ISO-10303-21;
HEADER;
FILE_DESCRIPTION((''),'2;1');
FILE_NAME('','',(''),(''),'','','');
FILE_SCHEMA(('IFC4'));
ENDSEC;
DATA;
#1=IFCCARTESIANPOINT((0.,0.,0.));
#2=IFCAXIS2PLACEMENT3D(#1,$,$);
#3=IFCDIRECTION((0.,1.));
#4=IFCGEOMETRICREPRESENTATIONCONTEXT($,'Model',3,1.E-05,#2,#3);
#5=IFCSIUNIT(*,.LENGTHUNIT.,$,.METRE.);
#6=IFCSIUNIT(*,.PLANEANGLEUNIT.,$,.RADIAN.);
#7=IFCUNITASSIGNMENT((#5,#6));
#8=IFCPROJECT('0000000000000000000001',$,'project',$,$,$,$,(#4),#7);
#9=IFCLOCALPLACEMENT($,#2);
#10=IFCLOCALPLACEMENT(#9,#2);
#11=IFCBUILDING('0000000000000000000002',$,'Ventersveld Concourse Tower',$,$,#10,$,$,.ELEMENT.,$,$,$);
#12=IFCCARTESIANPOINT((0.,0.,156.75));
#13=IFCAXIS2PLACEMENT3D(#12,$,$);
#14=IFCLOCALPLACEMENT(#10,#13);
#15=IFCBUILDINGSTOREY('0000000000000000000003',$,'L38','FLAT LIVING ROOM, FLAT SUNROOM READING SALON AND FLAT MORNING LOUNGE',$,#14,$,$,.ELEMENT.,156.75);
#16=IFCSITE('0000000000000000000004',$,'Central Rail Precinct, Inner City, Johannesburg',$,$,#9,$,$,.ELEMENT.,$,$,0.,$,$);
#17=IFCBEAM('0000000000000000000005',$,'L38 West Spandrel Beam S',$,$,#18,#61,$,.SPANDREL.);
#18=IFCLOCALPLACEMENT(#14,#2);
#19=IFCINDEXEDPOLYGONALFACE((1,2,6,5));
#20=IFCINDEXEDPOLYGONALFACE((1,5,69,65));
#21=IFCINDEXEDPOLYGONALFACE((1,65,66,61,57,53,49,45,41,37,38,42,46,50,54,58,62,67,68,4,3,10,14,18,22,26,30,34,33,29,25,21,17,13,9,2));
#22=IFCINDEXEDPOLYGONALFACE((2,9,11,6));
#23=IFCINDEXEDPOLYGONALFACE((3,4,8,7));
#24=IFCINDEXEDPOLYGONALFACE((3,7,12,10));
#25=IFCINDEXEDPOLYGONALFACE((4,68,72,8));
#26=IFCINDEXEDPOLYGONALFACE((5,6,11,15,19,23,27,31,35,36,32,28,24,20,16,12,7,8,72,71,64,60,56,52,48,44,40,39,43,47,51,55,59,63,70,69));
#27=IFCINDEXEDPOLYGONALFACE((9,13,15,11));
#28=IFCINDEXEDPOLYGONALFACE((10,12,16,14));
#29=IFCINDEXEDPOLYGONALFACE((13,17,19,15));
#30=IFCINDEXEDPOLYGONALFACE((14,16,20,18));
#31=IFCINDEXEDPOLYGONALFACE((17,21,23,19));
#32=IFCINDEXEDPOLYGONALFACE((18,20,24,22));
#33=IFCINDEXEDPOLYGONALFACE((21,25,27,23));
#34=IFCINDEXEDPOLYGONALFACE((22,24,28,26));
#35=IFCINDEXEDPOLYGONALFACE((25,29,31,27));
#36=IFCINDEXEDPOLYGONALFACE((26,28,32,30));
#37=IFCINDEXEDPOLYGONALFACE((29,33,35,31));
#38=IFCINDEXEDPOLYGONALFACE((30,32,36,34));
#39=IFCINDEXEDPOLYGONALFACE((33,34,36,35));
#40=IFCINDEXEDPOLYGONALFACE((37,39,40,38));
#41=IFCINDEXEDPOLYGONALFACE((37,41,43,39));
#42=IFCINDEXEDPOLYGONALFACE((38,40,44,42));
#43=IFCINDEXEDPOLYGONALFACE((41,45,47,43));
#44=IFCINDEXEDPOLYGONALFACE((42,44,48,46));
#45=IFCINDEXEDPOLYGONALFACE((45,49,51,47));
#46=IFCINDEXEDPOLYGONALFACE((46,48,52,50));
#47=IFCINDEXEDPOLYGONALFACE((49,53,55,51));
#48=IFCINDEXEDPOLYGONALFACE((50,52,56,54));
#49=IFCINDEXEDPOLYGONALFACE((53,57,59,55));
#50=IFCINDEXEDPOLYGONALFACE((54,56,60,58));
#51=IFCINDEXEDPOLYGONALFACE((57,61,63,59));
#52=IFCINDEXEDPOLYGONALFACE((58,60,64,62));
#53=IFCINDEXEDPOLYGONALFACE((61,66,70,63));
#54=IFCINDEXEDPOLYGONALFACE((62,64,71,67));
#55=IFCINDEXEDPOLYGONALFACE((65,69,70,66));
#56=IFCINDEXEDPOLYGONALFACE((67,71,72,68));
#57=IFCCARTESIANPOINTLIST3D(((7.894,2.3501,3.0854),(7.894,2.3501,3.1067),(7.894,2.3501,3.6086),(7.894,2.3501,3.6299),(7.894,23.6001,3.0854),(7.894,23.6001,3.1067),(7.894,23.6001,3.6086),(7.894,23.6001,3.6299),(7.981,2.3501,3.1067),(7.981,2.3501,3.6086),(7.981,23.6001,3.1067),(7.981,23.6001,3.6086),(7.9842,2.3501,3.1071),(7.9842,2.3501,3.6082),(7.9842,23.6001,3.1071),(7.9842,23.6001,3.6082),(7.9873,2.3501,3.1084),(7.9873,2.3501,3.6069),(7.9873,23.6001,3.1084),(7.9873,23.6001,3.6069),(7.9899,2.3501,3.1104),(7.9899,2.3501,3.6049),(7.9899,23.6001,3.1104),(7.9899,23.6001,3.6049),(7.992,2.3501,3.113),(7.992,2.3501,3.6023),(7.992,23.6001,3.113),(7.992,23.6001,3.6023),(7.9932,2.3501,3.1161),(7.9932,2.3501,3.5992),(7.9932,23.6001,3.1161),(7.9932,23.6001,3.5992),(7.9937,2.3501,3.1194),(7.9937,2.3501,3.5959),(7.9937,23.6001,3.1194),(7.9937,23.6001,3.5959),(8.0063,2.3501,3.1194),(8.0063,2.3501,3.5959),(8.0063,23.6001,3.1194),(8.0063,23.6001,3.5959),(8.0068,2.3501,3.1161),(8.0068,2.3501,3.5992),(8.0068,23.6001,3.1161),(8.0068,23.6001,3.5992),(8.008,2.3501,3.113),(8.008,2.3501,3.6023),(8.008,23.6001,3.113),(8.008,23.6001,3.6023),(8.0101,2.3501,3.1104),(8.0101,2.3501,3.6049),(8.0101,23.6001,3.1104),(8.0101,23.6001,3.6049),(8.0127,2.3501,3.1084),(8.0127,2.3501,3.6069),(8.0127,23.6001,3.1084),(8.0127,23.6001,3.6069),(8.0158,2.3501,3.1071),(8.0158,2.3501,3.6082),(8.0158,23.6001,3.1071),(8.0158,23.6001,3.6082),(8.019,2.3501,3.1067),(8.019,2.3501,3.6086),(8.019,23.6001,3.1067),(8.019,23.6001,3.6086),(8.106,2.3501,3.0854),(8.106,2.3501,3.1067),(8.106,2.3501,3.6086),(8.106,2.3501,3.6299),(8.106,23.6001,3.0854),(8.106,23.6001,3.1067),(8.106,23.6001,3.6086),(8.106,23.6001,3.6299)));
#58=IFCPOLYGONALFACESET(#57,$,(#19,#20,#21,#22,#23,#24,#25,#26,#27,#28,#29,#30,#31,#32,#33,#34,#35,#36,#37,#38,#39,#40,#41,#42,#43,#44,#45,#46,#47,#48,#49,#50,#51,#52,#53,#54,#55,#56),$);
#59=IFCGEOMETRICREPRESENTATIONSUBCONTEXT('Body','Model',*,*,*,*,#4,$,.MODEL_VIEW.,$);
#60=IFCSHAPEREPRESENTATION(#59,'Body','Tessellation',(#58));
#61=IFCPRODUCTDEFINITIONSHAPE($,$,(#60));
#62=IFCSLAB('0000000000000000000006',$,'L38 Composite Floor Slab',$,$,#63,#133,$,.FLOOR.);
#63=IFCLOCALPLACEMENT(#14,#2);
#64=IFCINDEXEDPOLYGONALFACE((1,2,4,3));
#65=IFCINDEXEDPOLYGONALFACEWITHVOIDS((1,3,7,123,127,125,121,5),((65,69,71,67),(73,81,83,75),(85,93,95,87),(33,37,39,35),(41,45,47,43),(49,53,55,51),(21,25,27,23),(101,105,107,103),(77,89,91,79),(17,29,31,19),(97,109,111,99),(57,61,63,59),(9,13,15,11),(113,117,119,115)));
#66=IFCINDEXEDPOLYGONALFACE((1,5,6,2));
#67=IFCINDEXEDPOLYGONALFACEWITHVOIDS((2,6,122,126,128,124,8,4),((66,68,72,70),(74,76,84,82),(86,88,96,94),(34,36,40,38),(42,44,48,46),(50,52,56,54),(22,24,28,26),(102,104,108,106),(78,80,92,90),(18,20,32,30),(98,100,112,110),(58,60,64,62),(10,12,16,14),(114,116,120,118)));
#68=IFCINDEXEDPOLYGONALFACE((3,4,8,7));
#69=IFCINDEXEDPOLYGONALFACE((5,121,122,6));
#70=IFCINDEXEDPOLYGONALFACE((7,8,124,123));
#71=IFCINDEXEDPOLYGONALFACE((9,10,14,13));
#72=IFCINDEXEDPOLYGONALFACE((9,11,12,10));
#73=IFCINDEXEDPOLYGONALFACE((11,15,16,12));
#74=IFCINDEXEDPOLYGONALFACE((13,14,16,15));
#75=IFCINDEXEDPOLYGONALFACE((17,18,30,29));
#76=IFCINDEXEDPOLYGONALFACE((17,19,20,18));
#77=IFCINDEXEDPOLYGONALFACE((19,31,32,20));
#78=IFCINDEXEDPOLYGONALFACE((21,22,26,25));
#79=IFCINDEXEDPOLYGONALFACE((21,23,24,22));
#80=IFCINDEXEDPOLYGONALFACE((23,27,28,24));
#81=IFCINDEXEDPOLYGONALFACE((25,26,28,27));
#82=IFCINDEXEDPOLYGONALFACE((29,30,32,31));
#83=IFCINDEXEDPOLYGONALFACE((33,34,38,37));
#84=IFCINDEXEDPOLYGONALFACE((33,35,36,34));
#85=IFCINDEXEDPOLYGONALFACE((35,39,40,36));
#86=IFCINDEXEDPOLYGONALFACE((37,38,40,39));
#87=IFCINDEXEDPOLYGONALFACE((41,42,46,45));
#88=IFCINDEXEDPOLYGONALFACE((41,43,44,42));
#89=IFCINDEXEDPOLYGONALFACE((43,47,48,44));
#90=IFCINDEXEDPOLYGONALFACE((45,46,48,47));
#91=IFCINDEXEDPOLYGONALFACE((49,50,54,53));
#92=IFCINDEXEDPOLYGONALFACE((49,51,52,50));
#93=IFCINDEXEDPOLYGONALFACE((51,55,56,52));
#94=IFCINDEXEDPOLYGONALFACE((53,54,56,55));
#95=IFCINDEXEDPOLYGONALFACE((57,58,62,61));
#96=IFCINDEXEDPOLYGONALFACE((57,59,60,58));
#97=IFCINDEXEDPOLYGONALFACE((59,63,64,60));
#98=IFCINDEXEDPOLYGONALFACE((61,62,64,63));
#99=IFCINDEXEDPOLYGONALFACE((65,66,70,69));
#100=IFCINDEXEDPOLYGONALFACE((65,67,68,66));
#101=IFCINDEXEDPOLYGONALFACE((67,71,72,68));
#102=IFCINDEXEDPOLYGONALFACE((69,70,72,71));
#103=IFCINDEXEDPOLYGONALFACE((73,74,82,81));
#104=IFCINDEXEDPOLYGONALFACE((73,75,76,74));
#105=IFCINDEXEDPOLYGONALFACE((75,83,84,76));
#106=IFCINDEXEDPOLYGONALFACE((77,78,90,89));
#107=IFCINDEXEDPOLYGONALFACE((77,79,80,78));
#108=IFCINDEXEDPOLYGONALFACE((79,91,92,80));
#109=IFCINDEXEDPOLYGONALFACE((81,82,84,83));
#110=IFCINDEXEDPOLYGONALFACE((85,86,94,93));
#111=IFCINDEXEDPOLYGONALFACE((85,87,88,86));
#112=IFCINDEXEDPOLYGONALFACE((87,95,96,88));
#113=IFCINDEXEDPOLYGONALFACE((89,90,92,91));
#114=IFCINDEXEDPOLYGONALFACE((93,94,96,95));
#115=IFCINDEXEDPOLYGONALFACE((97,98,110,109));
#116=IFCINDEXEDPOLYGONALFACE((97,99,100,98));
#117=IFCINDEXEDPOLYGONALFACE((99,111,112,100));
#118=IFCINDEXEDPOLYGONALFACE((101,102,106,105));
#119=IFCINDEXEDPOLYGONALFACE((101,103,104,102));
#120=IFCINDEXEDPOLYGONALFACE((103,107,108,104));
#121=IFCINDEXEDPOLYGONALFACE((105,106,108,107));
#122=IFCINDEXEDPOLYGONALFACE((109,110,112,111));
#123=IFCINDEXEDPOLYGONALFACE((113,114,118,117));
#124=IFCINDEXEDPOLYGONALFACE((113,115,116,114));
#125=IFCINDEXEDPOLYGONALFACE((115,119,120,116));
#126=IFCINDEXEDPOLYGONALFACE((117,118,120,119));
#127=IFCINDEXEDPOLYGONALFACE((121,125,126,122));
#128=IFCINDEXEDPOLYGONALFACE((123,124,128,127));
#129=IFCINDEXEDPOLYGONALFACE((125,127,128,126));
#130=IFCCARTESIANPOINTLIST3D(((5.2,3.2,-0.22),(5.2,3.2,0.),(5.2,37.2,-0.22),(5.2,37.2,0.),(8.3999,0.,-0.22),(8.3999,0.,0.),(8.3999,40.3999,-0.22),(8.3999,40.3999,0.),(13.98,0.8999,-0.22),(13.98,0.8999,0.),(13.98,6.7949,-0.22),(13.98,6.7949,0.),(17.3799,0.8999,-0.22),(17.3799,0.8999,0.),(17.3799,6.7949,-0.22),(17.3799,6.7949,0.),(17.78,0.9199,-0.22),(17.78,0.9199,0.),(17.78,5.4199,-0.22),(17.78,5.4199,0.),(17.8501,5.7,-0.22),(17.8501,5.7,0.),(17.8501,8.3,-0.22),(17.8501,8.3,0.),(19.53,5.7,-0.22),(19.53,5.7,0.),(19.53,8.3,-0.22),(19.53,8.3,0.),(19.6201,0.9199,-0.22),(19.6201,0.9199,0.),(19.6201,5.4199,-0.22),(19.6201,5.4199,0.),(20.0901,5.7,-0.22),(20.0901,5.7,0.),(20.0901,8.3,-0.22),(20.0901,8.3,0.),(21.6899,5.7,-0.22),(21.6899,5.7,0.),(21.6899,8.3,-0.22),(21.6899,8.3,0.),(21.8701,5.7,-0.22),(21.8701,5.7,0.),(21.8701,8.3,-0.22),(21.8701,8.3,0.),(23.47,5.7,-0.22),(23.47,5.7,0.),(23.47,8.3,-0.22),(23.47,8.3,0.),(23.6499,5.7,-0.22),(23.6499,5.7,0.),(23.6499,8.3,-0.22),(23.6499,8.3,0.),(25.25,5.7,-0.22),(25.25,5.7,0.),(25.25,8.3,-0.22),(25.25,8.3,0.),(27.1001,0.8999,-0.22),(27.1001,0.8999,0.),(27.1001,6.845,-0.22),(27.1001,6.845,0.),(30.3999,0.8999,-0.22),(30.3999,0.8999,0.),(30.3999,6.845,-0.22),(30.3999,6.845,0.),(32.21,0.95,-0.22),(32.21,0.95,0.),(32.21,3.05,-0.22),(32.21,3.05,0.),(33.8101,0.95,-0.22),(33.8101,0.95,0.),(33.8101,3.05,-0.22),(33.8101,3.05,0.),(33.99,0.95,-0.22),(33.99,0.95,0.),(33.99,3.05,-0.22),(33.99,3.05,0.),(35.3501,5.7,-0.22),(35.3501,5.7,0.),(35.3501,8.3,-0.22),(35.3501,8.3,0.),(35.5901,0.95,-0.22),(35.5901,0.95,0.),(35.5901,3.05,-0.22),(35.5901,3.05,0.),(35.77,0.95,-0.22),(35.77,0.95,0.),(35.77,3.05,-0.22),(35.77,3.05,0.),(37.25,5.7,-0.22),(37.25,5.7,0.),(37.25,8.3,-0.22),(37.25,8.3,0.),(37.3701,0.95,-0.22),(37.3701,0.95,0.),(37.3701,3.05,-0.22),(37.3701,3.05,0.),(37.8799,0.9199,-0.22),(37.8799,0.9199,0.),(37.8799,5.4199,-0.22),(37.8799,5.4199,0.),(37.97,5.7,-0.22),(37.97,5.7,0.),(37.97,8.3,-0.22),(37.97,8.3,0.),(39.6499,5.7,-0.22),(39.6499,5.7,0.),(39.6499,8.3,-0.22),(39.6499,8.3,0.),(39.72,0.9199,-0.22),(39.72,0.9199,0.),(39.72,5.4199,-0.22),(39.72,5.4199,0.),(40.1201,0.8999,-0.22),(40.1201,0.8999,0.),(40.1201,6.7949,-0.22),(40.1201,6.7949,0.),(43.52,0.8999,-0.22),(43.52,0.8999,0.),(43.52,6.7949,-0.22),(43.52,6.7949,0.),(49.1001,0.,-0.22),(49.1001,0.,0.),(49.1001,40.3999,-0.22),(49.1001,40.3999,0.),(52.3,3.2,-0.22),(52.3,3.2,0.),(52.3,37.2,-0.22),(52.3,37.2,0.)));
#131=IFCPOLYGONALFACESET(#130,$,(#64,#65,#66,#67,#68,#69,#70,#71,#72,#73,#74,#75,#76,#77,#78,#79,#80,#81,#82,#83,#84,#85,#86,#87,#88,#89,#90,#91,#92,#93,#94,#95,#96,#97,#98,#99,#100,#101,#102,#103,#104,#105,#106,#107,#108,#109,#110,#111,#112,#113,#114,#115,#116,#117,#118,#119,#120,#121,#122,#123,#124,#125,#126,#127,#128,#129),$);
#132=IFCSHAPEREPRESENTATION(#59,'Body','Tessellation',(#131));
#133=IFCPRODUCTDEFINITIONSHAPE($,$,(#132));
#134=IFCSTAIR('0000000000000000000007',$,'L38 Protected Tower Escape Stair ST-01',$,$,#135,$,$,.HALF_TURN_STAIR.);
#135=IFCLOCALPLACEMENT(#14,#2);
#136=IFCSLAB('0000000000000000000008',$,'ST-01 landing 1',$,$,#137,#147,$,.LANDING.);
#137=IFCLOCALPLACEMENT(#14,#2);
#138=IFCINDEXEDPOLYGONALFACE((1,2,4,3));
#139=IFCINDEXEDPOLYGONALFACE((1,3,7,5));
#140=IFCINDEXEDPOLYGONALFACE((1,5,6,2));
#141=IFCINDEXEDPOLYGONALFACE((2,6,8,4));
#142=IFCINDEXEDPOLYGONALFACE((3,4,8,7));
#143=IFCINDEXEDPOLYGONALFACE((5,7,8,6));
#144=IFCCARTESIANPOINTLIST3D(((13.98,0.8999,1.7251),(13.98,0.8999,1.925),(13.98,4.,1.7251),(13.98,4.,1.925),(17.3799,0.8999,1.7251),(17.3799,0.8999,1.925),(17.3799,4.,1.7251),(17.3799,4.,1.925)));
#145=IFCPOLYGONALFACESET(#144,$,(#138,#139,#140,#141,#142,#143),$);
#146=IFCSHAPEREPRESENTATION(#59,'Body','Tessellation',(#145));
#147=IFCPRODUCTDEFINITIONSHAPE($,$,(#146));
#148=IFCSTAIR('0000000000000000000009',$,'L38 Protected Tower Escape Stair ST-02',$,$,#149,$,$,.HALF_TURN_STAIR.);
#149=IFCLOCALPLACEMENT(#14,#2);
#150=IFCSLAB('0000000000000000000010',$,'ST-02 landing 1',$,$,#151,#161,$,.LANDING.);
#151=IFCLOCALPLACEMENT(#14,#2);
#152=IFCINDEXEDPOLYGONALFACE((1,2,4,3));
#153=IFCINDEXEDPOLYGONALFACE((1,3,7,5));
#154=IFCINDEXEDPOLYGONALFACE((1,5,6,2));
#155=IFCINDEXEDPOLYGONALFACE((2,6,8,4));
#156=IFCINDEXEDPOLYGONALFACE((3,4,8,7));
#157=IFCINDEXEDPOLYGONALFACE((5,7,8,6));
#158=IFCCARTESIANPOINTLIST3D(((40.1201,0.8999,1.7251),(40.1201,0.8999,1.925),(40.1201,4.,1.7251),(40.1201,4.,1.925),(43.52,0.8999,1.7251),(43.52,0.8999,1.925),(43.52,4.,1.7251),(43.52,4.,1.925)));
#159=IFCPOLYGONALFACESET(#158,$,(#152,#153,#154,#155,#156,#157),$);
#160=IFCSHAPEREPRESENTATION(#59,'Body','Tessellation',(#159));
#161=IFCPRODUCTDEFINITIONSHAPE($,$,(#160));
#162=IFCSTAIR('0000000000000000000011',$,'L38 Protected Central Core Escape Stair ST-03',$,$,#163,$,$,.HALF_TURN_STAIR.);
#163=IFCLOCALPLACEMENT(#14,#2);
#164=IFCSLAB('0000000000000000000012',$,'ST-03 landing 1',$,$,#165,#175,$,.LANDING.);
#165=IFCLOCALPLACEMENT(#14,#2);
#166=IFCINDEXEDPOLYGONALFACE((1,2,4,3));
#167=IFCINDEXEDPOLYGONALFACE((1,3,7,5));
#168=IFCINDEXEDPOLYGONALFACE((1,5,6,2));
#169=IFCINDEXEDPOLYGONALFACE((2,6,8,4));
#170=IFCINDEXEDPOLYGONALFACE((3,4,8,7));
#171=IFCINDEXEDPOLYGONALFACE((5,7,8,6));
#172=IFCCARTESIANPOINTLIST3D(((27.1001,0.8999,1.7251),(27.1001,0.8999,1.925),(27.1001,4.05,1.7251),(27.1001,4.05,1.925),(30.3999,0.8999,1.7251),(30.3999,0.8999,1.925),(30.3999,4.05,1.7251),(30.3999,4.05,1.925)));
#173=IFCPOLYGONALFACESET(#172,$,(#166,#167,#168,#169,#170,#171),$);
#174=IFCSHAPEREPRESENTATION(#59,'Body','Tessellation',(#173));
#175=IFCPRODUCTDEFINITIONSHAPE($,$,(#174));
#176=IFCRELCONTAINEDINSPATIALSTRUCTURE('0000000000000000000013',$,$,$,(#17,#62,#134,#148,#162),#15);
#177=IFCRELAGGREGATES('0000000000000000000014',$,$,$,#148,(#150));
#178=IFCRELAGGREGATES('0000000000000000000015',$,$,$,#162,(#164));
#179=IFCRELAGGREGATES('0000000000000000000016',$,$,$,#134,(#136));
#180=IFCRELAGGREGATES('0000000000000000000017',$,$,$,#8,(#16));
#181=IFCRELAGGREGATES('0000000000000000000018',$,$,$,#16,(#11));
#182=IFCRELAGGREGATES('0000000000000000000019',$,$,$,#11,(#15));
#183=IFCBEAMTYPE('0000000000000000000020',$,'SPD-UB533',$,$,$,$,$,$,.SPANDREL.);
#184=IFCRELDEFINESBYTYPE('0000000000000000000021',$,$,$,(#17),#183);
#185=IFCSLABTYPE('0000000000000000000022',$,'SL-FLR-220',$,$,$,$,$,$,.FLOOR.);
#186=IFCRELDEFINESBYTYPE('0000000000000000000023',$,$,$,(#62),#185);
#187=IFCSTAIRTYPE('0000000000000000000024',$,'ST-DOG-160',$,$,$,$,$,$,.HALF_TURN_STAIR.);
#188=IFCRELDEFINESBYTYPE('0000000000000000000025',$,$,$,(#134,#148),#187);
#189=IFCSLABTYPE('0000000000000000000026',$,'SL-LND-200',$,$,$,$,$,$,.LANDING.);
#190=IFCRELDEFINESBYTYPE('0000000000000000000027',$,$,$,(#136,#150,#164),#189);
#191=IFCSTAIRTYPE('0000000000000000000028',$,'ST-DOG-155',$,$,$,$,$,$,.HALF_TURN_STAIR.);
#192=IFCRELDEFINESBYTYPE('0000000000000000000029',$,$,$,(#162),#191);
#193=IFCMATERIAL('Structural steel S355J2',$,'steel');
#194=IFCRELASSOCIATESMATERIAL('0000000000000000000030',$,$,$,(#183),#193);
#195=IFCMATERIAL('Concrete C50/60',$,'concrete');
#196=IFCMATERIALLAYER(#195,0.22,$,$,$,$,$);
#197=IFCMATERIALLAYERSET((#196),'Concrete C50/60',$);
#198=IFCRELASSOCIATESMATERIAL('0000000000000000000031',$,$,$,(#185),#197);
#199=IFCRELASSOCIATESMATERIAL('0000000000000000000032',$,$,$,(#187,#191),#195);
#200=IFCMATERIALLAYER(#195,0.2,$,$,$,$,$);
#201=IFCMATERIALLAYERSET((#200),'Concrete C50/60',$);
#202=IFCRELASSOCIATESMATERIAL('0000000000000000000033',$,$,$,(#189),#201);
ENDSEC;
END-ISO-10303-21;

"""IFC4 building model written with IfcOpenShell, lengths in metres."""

from ifc_helpers import new_model, si_unit, direction, frame, origin, origin_2d, place, context, subcontext, project, spatial, polyline, i_section, outline, extrude, material, layer, layer_set, material_profile, profile_set, type_object, element, aggregate, save


model = new_model("IFC4")

# Units and contexts
model_context = context("Model", 3, precision=1e-05, world=origin(), true_north=direction((0.0, 1.0)))
body_context = subcontext(model_context, "Body", "Model", "MODEL_VIEW")
ifc_project = project(units=[si_unit("LENGTHUNIT", "METRE"), si_unit("PLANEANGLEUNIT", "RADIAN")], contexts=[model_context])

# Site, building, storey
site_placement = place(None, origin())
site = spatial("IfcSite", under=ifc_project, at=site_placement, Name="Central Rail Precinct, Inner City, Johannesburg", CompositionType="ELEMENT", RefElevation=0.0)
building_placement = place(site_placement, origin())
building = spatial("IfcBuilding", under=site, at=building_placement, Name="Ventersveld Concourse Tower", CompositionType="ELEMENT")
storey_placement = place(building_placement, frame((0.0, 0.0, 156.75)))
storey = spatial("IfcBuildingStorey", under=building, at=storey_placement, Name="L38", Description="FLAT LIVING ROOM, FLAT SUNROOM READING SALON AND FLAT MORNING LOUNGE", CompositionType="ELEMENT", Elevation=156.75)

# Shared definitions
ifc_material_1 = material(Name="Concrete C50/60", Category="concrete")

# Shared definitions
ifc_material_2 = material(Name="Structural steel S355J2", Category="steel")

# Beam
ifc_material_profile_1 = material_profile(ifc_material_2, i_section(OverallWidth=0.2119, OverallDepth=0.5444, WebThickness=0.0127, FlangeThickness=0.0212, FilletRadius=0.0127, at=origin_2d()), Name="UB 533x210x122")
ifc_profile_set_1 = profile_set([ifc_material_profile_1], Name="Structural steel S355J2")
beam_type_1 = type_object("IfcBeamType", Name="SPD-UB533", PredefinedType="SPANDREL", material=ifc_profile_set_1)
beam_1_placement = place(storey_placement, frame((8.0, 2.3501, 3.3577), z_axis=(0.0, 1.0, 0.0), x_axis=(-1.0, 0.0, 0.0)))
element("IfcBeam", 1, at=beam_1_placement, inside=storey, type_object=beam_type_1, Name="L38 West Spandrel Beam S", PredefinedType="SPANDREL", context=body_context, shape_type="SweptSolid", body=[
    extrude(i_section(OverallWidth=0.2119, OverallDepth=0.5444, WebThickness=0.0127, FlangeThickness=0.0212, FilletRadius=0.0127, at=origin_2d()), origin(), (0.0, 0.0, 1.0), 21.25),
])

# Slab
ifc_layer_1 = layer(ifc_material_1, 0.22)
ifc_layer_set_1 = layer_set([ifc_layer_1], Name="Concrete C50/60")
slab_type_1 = type_object("IfcSlabType", Name="SL-FLR-220", PredefinedType="FLOOR", material=ifc_layer_set_1)
slab_1_placement = place(storey_placement, frame((0.0, 0.0, -0.22)))
element("IfcSlab", 2, at=slab_1_placement, inside=storey, type_object=slab_type_1, Name="L38 Composite Floor Slab", PredefinedType="FLOOR", context=body_context, shape_type="SweptSolid", body=[
    extrude(outline(polyline([(8.3999, 0.0), (49.1001, 0.0), (52.3, 3.2), (52.3, 37.2), (49.1001, 40.3999), (8.3999, 40.3999), (5.2, 37.2), (5.2, 3.2), (8.3999, 0.0)]), holes=[polyline([(13.98, 6.7949), (13.98, 0.8999), (17.3799, 0.8999), (17.3799, 6.7949), (13.98, 6.7949)]), polyline([(40.1201, 6.7949), (40.1201, 0.8999), (43.52, 0.8999), (43.52, 6.7949), (40.1201, 6.7949)]), polyline([(27.1001, 6.845), (27.1001, 0.8999), (30.3999, 0.8999), (30.3999, 6.845), (27.1001, 6.845)]), polyline([(17.8501, 5.7), (19.53, 5.7), (19.53, 8.3), (17.8501, 8.3), (17.8501, 5.7)]), polyline([(37.97, 5.7), (39.6499, 5.7), (39.6499, 8.3), (37.97, 8.3), (37.97, 5.7)]), polyline([(35.3501, 5.7), (37.25, 5.7), (37.25, 8.3), (35.3501, 8.3), (35.3501, 5.7)]), polyline([(32.21, 0.95), (33.8101, 0.95), (33.8101, 3.05), (32.21, 3.05), (32.21, 0.95)]), polyline([(33.99, 0.95), (35.5901, 0.95), (35.5901, 3.05), (33.99, 3.05), (33.99, 0.95)]), polyline([(35.77, 0.95), (37.3701, 0.95), (37.3701, 3.05), (35.77, 3.05), (35.77, 0.95)]), polyline([(20.0901, 5.7), (21.6899, 5.7), (21.6899, 8.3), (20.0901, 8.3), (20.0901, 5.7)]), polyline([(21.8701, 5.7), (23.47, 5.7), (23.47, 8.3), (21.8701, 8.3), (21.8701, 5.7)]), polyline([(23.6499, 5.7), (25.25, 5.7), (25.25, 8.3), (23.6499, 8.3), (23.6499, 5.7)]), polyline([(17.78, 0.9199), (19.6201, 0.9199), (19.6201, 5.4199), (17.78, 5.4199), (17.78, 0.9199)]), polyline([(37.8799, 0.9199), (39.72, 0.9199), (39.72, 5.4199), (37.8799, 5.4199), (37.8799, 0.9199)])]), origin(), (0.0, 0.0, 1.0), 0.22),
])

# Stairs, slabs
stair_type_1 = type_object("IfcStairType", Name="ST-DOG-160", PredefinedType="HALF_TURN_STAIR", material=ifc_material_1)
stair_1_placement = place(storey_placement, origin())
stair_1 = element("IfcStair", 3, at=stair_1_placement, inside=storey, type_object=stair_type_1, Name="L38 Protected Tower Escape Stair ST-01", PredefinedType="HALF_TURN_STAIR")
ifc_layer_2 = layer(ifc_material_1, 0.2)
ifc_layer_set_2 = layer_set([ifc_layer_2], Name="Concrete C50/60")
slab_type_2 = type_object("IfcSlabType", Name="SL-LND-200", PredefinedType="LANDING", material=ifc_layer_set_2)
slab_2_placement = place(storey_placement, frame((0.0, 0.0, 1.7251)))
slab_2 = element("IfcSlab", 4, at=slab_2_placement, type_object=slab_type_2, Name="ST-01 landing 1", PredefinedType="LANDING", context=body_context, shape_type="SweptSolid", body=[
    extrude(outline(polyline([(13.98, 4.0), (13.98, 0.8999), (17.3799, 0.8999), (17.3799, 4.0), (13.98, 4.0)])), origin(), (0.0, 0.0, 1.0), 0.2),
])
stair_2_placement = place(storey_placement, origin())
stair_2 = element("IfcStair", 5, at=stair_2_placement, inside=storey, type_object=stair_type_1, Name="L38 Protected Tower Escape Stair ST-02", PredefinedType="HALF_TURN_STAIR")
slab_3_placement = place(storey_placement, frame((0.0, 0.0, 1.7251)))
slab_3 = element("IfcSlab", 6, at=slab_3_placement, type_object=slab_type_2, Name="ST-02 landing 1", PredefinedType="LANDING", context=body_context, shape_type="SweptSolid", body=[
    extrude(outline(polyline([(40.1201, 4.0), (40.1201, 0.8999), (43.52, 0.8999), (43.52, 4.0), (40.1201, 4.0)])), origin(), (0.0, 0.0, 1.0), 0.2),
])
aggregate(stair_2, [slab_3])
stair_type_2 = type_object("IfcStairType", Name="ST-DOG-155", PredefinedType="HALF_TURN_STAIR", material=ifc_material_1)
stair_3_placement = place(storey_placement, origin())
stair_3 = element("IfcStair", 7, at=stair_3_placement, inside=storey, type_object=stair_type_2, Name="L38 Protected Central Core Escape Stair ST-03", PredefinedType="HALF_TURN_STAIR")
slab_4_placement = place(storey_placement, frame((0.0, 0.0, 1.7251)))
slab_4 = element("IfcSlab", 8, at=slab_4_placement, type_object=slab_type_2, Name="ST-03 landing 1", PredefinedType="LANDING", context=body_context, shape_type="SweptSolid", body=[
    extrude(outline(polyline([(27.1001, 4.05), (27.1001, 0.8999), (30.3999, 0.8999), (30.3999, 4.05), (27.1001, 4.05)])), origin(), (0.0, 0.0, 1.0), 0.2),
])
aggregate(stair_3, [slab_4])

aggregate(stair_1, [slab_2])

save(model, "model.ifc")
